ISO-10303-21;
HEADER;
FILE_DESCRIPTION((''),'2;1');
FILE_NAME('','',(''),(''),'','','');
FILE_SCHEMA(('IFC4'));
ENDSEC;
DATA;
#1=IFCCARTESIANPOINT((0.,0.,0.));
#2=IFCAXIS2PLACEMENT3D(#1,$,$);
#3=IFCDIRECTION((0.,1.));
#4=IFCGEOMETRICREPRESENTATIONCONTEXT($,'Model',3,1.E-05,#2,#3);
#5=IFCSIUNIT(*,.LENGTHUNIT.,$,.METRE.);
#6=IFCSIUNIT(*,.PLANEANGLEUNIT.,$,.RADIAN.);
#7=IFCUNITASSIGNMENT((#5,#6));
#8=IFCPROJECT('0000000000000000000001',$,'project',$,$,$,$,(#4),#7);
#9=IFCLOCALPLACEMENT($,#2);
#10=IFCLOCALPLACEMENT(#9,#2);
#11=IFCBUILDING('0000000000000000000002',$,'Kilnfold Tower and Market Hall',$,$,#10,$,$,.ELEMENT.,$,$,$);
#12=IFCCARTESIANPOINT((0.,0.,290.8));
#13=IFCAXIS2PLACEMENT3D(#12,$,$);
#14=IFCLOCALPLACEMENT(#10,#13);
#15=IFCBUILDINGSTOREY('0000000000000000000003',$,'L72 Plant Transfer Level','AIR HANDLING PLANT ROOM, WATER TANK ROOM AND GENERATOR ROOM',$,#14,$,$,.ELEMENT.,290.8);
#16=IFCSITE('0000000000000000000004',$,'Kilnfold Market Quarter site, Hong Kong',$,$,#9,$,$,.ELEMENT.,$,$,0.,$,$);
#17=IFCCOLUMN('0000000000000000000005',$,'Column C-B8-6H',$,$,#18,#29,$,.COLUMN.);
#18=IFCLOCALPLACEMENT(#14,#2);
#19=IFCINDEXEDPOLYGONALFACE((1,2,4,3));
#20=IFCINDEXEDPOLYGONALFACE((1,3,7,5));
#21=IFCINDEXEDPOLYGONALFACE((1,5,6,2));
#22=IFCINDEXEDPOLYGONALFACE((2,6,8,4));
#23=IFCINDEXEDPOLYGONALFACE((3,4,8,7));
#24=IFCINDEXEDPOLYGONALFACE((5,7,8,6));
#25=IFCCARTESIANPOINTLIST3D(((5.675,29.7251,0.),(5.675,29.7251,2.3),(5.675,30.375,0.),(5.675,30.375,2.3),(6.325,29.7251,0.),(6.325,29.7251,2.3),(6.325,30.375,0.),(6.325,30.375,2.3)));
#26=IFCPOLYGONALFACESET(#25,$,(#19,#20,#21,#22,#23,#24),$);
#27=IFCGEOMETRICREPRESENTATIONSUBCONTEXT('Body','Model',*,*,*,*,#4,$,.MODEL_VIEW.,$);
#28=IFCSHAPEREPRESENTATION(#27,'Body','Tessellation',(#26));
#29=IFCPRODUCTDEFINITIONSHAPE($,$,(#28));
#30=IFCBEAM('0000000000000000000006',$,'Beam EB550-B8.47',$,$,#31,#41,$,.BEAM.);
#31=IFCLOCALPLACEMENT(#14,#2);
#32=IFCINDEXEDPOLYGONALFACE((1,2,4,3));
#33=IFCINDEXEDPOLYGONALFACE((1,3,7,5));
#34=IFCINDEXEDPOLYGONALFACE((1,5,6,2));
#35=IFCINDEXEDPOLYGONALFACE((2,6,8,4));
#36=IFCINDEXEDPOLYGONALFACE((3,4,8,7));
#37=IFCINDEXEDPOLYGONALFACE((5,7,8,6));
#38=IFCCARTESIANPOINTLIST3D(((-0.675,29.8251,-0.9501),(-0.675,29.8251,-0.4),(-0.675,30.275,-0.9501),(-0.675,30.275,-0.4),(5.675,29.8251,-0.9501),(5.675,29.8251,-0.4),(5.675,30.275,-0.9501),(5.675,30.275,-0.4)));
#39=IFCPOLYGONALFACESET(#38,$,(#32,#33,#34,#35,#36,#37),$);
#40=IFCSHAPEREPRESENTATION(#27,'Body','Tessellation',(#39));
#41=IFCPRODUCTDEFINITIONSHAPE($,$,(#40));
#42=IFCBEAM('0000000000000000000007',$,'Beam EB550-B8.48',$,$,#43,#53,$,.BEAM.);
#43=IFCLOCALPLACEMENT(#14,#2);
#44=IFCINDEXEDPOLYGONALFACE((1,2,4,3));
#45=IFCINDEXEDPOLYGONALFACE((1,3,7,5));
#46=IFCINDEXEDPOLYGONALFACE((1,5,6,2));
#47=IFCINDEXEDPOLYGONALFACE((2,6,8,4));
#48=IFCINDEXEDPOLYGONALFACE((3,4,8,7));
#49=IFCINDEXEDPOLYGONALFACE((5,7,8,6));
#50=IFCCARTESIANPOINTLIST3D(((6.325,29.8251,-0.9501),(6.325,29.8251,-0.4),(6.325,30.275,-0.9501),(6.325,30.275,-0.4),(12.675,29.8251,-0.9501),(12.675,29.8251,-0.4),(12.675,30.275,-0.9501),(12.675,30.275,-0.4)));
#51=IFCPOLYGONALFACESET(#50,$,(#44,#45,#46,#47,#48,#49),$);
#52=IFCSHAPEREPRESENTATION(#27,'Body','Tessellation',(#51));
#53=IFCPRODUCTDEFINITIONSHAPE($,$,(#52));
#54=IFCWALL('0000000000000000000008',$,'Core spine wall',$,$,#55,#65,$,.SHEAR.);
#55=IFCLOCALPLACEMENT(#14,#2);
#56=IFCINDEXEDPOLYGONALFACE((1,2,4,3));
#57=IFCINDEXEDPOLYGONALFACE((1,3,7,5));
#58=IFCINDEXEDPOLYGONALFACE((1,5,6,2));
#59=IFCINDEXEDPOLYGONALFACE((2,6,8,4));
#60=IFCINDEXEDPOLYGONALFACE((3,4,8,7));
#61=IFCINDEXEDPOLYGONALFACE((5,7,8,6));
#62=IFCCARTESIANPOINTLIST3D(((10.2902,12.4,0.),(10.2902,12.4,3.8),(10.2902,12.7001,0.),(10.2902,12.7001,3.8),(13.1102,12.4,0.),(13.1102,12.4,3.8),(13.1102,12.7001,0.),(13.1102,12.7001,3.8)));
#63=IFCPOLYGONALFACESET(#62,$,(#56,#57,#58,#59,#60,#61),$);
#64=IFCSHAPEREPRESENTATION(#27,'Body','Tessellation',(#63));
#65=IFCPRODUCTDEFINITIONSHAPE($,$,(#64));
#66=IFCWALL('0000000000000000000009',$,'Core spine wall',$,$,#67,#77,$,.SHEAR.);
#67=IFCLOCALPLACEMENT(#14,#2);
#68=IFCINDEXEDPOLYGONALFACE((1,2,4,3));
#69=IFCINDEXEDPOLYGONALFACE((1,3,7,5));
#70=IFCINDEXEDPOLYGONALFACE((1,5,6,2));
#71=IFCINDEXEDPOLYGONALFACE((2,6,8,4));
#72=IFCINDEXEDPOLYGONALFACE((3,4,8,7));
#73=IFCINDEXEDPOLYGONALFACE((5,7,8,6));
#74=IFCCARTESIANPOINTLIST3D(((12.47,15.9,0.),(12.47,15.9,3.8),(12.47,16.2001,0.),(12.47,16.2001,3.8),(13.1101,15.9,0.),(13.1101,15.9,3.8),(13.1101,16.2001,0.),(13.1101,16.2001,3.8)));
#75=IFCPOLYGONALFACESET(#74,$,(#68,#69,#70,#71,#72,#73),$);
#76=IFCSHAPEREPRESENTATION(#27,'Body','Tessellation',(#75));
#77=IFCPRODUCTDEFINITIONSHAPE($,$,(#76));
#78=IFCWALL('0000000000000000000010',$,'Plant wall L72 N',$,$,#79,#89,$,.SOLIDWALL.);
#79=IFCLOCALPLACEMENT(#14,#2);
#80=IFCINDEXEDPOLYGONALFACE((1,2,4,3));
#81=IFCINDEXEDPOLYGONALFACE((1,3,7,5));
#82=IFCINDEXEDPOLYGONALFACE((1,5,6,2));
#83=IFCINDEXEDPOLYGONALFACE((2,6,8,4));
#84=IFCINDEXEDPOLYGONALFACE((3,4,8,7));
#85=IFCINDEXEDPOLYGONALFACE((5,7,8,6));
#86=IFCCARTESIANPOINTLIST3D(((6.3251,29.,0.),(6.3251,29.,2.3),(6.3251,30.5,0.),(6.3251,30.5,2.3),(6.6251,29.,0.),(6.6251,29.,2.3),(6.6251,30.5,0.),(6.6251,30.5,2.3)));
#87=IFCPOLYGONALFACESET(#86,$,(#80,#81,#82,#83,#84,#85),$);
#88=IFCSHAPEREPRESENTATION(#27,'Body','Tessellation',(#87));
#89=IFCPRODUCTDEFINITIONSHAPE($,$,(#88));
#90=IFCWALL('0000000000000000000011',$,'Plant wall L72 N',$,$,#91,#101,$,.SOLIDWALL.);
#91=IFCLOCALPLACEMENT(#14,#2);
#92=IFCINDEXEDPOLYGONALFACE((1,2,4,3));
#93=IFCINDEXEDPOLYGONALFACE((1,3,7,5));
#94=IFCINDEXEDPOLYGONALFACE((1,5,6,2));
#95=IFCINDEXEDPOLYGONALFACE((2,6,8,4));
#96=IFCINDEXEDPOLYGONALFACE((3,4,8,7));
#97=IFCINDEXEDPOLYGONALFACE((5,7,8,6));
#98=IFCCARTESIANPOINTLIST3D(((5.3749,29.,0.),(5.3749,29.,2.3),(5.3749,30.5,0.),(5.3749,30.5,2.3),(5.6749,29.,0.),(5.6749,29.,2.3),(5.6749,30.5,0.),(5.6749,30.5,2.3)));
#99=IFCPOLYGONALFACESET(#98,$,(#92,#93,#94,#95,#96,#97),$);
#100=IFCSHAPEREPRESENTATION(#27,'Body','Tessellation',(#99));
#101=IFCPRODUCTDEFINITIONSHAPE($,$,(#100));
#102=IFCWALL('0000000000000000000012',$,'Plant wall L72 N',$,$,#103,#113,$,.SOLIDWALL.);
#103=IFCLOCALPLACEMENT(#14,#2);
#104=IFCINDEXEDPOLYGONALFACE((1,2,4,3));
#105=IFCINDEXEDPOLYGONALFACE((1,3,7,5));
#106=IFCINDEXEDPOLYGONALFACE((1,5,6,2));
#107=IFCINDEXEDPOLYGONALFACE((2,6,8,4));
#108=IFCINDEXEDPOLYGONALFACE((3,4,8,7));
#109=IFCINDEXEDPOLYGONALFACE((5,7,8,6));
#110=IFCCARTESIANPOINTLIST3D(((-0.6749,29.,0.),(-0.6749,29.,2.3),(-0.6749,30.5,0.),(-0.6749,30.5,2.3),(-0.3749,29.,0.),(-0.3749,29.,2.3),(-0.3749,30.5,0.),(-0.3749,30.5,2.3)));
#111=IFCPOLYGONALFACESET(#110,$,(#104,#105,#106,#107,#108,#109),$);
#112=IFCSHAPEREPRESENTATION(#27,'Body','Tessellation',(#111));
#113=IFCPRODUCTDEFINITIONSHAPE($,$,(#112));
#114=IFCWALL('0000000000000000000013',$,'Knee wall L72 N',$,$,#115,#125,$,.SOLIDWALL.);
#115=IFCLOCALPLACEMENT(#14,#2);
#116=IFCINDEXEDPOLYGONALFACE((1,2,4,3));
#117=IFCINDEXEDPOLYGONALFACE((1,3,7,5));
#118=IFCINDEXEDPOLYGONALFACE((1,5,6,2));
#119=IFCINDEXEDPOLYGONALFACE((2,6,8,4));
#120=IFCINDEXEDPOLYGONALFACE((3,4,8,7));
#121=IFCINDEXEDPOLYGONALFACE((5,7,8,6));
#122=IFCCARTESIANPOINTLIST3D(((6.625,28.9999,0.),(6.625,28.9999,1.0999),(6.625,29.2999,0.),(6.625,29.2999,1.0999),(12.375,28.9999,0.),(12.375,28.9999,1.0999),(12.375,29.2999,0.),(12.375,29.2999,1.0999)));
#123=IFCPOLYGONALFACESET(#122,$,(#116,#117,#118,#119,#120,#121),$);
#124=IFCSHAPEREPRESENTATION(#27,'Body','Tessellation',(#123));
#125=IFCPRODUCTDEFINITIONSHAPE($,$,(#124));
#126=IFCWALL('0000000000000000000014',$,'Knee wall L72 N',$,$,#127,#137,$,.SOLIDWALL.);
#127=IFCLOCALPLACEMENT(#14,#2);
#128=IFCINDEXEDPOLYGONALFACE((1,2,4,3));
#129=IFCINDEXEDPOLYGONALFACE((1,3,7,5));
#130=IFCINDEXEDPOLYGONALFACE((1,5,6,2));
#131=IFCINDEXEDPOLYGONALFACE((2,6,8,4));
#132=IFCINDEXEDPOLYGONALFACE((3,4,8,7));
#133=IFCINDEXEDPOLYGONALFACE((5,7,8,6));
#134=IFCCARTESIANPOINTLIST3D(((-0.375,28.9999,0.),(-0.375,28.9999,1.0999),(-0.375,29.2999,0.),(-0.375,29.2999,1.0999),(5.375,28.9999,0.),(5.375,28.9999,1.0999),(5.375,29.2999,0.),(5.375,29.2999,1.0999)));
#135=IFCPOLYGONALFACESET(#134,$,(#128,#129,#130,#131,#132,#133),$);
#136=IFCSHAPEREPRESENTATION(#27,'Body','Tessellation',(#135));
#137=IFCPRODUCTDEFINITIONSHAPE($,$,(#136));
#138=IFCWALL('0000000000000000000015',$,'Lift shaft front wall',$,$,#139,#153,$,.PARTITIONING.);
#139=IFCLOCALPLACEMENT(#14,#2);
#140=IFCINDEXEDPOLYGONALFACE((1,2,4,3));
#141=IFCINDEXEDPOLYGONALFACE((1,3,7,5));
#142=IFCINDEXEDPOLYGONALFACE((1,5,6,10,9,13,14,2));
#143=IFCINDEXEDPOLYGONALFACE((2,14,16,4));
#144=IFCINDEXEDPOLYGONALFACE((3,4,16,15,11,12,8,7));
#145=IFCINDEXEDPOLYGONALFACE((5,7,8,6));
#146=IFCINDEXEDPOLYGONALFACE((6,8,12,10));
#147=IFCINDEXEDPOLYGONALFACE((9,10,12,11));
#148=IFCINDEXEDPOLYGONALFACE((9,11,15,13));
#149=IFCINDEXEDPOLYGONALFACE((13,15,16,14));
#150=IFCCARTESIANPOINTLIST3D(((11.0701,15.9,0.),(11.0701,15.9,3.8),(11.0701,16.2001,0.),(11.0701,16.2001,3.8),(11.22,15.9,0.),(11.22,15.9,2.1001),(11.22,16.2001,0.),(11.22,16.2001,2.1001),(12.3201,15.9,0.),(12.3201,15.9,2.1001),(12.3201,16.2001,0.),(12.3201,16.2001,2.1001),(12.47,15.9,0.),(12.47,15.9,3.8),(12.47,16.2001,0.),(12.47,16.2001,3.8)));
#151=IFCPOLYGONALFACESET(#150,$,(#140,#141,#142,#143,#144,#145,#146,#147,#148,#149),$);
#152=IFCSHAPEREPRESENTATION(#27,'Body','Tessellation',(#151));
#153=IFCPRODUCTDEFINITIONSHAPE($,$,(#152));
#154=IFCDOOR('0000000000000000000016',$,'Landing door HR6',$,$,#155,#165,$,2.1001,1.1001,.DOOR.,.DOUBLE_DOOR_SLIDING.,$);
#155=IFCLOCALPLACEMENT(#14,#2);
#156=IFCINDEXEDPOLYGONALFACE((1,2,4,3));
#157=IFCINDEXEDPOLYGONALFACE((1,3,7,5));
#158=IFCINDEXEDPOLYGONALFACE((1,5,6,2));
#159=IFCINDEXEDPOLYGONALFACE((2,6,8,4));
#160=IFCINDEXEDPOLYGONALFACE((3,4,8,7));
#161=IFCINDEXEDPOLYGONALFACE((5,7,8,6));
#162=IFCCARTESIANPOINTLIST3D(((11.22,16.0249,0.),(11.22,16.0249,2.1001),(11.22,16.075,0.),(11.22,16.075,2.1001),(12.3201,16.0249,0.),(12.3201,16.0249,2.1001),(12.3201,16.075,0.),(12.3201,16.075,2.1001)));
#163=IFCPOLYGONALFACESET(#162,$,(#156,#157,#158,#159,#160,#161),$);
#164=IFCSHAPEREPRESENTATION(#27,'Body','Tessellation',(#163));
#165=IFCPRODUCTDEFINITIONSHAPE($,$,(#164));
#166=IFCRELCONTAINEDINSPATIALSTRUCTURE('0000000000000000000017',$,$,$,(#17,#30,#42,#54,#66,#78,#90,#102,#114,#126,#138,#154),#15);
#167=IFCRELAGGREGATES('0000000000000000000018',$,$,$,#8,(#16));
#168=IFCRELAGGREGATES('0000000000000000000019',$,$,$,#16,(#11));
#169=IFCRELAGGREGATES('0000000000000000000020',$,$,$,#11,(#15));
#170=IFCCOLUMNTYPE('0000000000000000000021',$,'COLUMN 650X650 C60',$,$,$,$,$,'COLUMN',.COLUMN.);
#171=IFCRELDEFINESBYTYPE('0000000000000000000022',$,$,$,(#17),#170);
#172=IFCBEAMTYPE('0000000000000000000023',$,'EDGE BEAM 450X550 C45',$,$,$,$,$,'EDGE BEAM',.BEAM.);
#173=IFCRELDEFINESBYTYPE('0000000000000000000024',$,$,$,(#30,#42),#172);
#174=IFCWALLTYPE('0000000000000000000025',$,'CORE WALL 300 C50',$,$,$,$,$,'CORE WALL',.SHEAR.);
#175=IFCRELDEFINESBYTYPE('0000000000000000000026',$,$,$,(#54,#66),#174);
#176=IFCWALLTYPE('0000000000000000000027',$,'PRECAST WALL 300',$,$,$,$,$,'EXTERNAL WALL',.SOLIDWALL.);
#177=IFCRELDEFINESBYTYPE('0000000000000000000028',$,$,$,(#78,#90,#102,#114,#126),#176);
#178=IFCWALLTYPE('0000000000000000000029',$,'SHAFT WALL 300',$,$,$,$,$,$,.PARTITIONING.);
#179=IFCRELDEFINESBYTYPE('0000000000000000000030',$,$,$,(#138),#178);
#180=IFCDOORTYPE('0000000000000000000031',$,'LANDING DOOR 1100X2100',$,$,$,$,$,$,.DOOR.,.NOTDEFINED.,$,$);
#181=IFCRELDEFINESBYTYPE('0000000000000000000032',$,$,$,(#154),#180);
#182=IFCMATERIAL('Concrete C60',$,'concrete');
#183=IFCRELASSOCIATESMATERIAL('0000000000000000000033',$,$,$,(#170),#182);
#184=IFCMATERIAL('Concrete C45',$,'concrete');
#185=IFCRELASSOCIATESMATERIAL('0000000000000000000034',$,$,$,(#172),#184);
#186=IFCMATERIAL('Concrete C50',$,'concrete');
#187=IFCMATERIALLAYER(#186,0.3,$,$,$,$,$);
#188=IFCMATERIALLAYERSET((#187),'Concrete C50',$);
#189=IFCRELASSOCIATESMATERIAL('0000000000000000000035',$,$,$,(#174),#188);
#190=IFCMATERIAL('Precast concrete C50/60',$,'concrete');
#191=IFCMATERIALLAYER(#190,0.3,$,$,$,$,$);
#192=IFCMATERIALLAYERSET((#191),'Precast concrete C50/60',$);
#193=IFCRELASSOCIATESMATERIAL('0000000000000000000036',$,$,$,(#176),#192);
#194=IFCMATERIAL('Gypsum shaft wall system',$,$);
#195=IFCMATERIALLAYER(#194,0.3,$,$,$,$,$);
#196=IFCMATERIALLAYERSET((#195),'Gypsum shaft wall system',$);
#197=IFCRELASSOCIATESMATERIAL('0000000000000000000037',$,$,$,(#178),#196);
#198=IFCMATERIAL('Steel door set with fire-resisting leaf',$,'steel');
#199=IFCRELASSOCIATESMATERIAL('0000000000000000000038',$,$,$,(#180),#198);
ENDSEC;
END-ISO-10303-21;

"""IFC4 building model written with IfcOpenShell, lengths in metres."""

from ifc_helpers import new_model, si_unit, direction, frame, frame_2d, origin, origin_2d, place, context, subcontext, project, spatial, rectangle, extrude, source, transform, mapped, material, layer, layer_set, material_profile, profile_set, type_object, element, fill, save


model = new_model("IFC4")

# Units and contexts
model_context = context("Model", 3, precision=1e-05, world=origin(), true_north=direction((0.0, 1.0)))
body_context = subcontext(model_context, "Body", "Model", "MODEL_VIEW")
ifc_project = project(units=[si_unit("LENGTHUNIT", "METRE"), si_unit("PLANEANGLEUNIT", "RADIAN")], contexts=[model_context])

# Site, building, storey
site_placement = place(None, origin())
site = spatial("IfcSite", under=ifc_project, at=site_placement, Name="Kilnfold Market Quarter site, Hong Kong", CompositionType="ELEMENT", RefElevation=0.0)
building_placement = place(site_placement, origin())
building = spatial("IfcBuilding", under=site, at=building_placement, Name="Kilnfold Tower and Market Hall", CompositionType="ELEMENT")
storey_placement = place(building_placement, frame((0.0, 0.0, 290.8)))
storey = spatial("IfcBuildingStorey", under=building, at=storey_placement, Name="L72 Plant Transfer Level", Description="AIR HANDLING PLANT ROOM, WATER TANK ROOM AND GENERATOR ROOM", CompositionType="ELEMENT", Elevation=290.8)

# Column
ifc_material_1 = material(Name="Concrete C60", Category="concrete")
ifc_material_profile_1 = material_profile(ifc_material_1, rectangle(XDim=0.6499, YDim=0.6499, at=origin_2d()), Name="RC 650x650")
ifc_profile_set_1 = profile_set([ifc_material_profile_1], Name="Concrete C60")
column_type = type_object("IfcColumnType", Name="COLUMN 650X650 C60", ElementType="COLUMN", PredefinedType="COLUMN", material=ifc_profile_set_1)
shared_shape_1 = source(origin(), body_context, "Body", "SweptSolid", [
    extrude(rectangle(XDim=0.6499, YDim=0.6499, at=origin_2d()), origin(), (0.0, 0.0, 1.0), 2.3),
])
column_placement = place(storey_placement, frame((6.0, 30.05, 0.0), z_axis=(0.0, 0.0, 1.0), x_axis=(1.0, 0.0, 0.0)))
element("IfcColumn", 1, at=column_placement, inside=storey, type_object=column_type, Name="Column C-B8-6H", PredefinedType="COLUMN", context=body_context, shape_type="MappedRepresentation", body=[
    mapped(shared_shape_1, transform((0.0, 0.0, 0.0))),
])

# Beams
ifc_material_2 = material(Name="Concrete C45", Category="concrete")
ifc_material_profile_2 = material_profile(ifc_material_2, rectangle(XDim=0.45, YDim=0.55, at=origin_2d()), Name="RC 450x550")
ifc_profile_set_2 = profile_set([ifc_material_profile_2], Name="Concrete C45")
beam_type = type_object("IfcBeamType", Name="EDGE BEAM 450X550 C45", ElementType="EDGE BEAM", PredefinedType="BEAM", material=ifc_profile_set_2)
shared_shape_2 = source(origin(), body_context, "Body", "SweptSolid", [
    extrude(rectangle(XDim=0.45, YDim=0.55, at=origin_2d()), origin(), (0.0, 0.0, 1.0), 6.3501),
])
for number, where, z_axis, x_axis, name in (
    (2, (-0.675, 30.05, -0.675), (1.0, 0.0, 0.0), (0.0, 1.0, 0.0), "Beam EB550-B8.47"),
    (3, (6.325, 30.05, -0.675), (1.0, 0.0, 0.0), (0.0, 1.0, 0.0), "Beam EB550-B8.48"),
):
    element("IfcBeam", number, at=place(storey_placement, frame(where, z_axis=z_axis, x_axis=x_axis)), inside=storey, type_object=beam_type, Name=name, PredefinedType="BEAM", context=body_context, shape_type="MappedRepresentation", body=[
        mapped(shared_shape_2, transform((0.0, 0.0, 0.0))),
    ])

# Walls
ifc_material_3 = material(Name="Concrete C50", Category="concrete")
ifc_layer_1 = layer(ifc_material_3, 0.3)
ifc_layer_set_1 = layer_set([ifc_layer_1], Name="Concrete C50")
wall_type_1 = type_object("IfcWallType", Name="CORE WALL 300 C50", ElementType="CORE WALL", PredefinedType="SHEAR", material=ifc_layer_set_1)
shared_shape_3 = source(origin(), body_context, "Body", "SweptSolid", [
    extrude(rectangle(XDim=2.8201, YDim=0.3, at=frame_2d((1.4102, 0.0))), origin(), (0.0, 0.0, 1.0), 3.8),
])
wall_1_placement = place(storey_placement, frame((10.29, 12.55, 0.0), z_axis=(0.0, 0.0, 1.0), x_axis=(1.0, 0.0, 0.0)))
element("IfcWall", 4, at=wall_1_placement, inside=storey, type_object=wall_type_1, Name="Core spine wall", PredefinedType="SHEAR", context=body_context, shape_type="MappedRepresentation", body=[
    mapped(shared_shape_3, transform((0.0, 0.0, 0.0))),
])
shared_shape_4 = source(origin(), body_context, "Body", "SweptSolid", [
    extrude(rectangle(XDim=0.6401, YDim=0.3, at=frame_2d((0.3201, 0.0))), origin(), (0.0, 0.0, 1.0), 3.8),
])
wall_2_placement = place(storey_placement, frame((12.47, 16.05, 0.0), z_axis=(0.0, 0.0, 1.0), x_axis=(1.0, 0.0, 0.0)))
element("IfcWall", 5, at=wall_2_placement, inside=storey, type_object=wall_type_1, Name="Core spine wall", PredefinedType="SHEAR", context=body_context, shape_type="MappedRepresentation", body=[
    mapped(shared_shape_4, transform((0.0, 0.0, 0.0))),
])
ifc_material_4 = material(Name="Precast concrete C50/60", Category="concrete")
ifc_layer_2 = layer(ifc_material_4, 0.3)
ifc_layer_set_2 = layer_set([ifc_layer_2], Name="Precast concrete C50/60")
wall_type_2 = type_object("IfcWallType", Name="PRECAST WALL 300", ElementType="EXTERNAL WALL", PredefinedType="SOLIDWALL", material=ifc_layer_set_2)
shared_shape_5 = source(origin(), body_context, "Body", "SweptSolid", [
    extrude(rectangle(XDim=1.5, YDim=0.3, at=frame_2d((0.75, 0.0))), origin(), (0.0, 0.0, 1.0), 2.3),
])
for number, where, z_axis, x_axis, name in (
    (6, (6.4751, 30.5, 0.0), (0.0, 0.0, 1.0), (0.0, -1.0, 0.0), "Plant wall L72 N"),
    (7, (5.5249, 30.5, 0.0), (0.0, 0.0, 1.0), (0.0, -1.0, 0.0), "Plant wall L72 N"),
    (8, (-0.5249, 30.5, 0.0), (0.0, 0.0, 1.0), (0.0, -1.0, 0.0), "Plant wall L72 N"),
):
    element("IfcWall", number, at=place(storey_placement, frame(where, z_axis=z_axis, x_axis=x_axis)), inside=storey, type_object=wall_type_2, Name=name, PredefinedType="SOLIDWALL", context=body_context, shape_type="MappedRepresentation", body=[
        mapped(shared_shape_5, transform((0.0, 0.0, 0.0))),
    ])
shared_shape_6 = source(origin(), body_context, "Body", "SweptSolid", [
    extrude(rectangle(XDim=5.75, YDim=0.3, at=frame_2d((2.875, 0.0))), origin(), (0.0, 0.0, 1.0), 1.0999),
])
for number, where, z_axis, x_axis, name in (
    (9, (12.375, 29.1499, 0.0), (0.0, 0.0, 1.0), (-1.0, 0.0, 0.0), "Knee wall L72 N"),
    (10, (5.375, 29.1499, 0.0), (0.0, 0.0, 1.0), (-1.0, 0.0, 0.0), "Knee wall L72 N"),
):
    element("IfcWall", number, at=place(storey_placement, frame(where, z_axis=z_axis, x_axis=x_axis)), inside=storey, type_object=wall_type_2, Name=name, PredefinedType="SOLIDWALL", context=body_context, shape_type="MappedRepresentation", body=[
        mapped(shared_shape_6, transform((0.0, 0.0, 0.0))),
    ])

# Wall, opening, door
ifc_material_5 = material(Name="Gypsum shaft wall system")
ifc_layer_3 = layer(ifc_material_5, 0.3)
ifc_layer_set_3 = layer_set([ifc_layer_3], Name="Gypsum shaft wall system")
wall_type_3 = type_object("IfcWallType", Name="SHAFT WALL 300", PredefinedType="PARTITIONING", material=ifc_layer_set_3)
shared_shape_7 = source(origin(), body_context, "Body", "SweptSolid", [
    extrude(rectangle(XDim=1.3999, YDim=0.3, at=frame_2d((0.7, 0.0))), origin(), (0.0, 0.0, 1.0), 3.8),
])
wall_3_placement = place(storey_placement, frame((11.0701, 16.05, 0.0), z_axis=(0.0, 0.0, 1.0), x_axis=(1.0, 0.0, 0.0)))
wall_3 = element("IfcWall", 11, at=wall_3_placement, inside=storey, type_object=wall_type_3, Name="Lift shaft front wall", PredefinedType="PARTITIONING", context=body_context, shape_type="MappedRepresentation", body=[
    mapped(shared_shape_7, transform((0.0, 0.0, 0.0))),
])
opening_1_placement = place(wall_3_placement, frame((0.1499, 0.0, 0.0)))
opening_1 = element("IfcOpeningElement", 12, at=opening_1_placement, cuts=wall_3, PredefinedType="OPENING", context=body_context, shape_type="SweptSolid", body=[
    extrude(rectangle(XDim=1.1001, YDim=2.1001, at=frame_2d((0.55, 1.05))), frame((0.0, 0.1602, 0.0), z_axis=(0.0, -1.0, 0.0), x_axis=(1.0, 0.0, 0.0)), (0.0, 0.0, 1.0), 0.3201),
])
ifc_material_6 = material(Name="Steel door set with fire-resisting leaf", Category="steel")
door_type_1 = type_object("IfcDoorType", Name="LANDING DOOR 1100X2100", OperationType="NOTDEFINED", PredefinedType="DOOR", material=ifc_material_6)
door_1_placement = place(opening_1_placement, origin())
door_1 = element("IfcDoor", 13, at=door_1_placement, inside=storey, type_object=door_type_1, Name="Landing door HR6", OperationType="DOUBLE_DOOR_SLIDING", OverallHeight=2.1001, OverallWidth=1.1001, PredefinedType="DOOR", context=body_context, shape_type="SweptSolid", body=[
    extrude(rectangle(XDim=1.1001, YDim=2.1001, at=frame_2d((0.55, 1.05))), frame((0.0, 0.0249, 0.0), z_axis=(0.0, -1.0, 0.0), x_axis=(1.0, 0.0, 0.0)), (0.0, 0.0, 1.0), 0.05),
])
fill(opening_1, door_1)

save(model, "model.ifc")
